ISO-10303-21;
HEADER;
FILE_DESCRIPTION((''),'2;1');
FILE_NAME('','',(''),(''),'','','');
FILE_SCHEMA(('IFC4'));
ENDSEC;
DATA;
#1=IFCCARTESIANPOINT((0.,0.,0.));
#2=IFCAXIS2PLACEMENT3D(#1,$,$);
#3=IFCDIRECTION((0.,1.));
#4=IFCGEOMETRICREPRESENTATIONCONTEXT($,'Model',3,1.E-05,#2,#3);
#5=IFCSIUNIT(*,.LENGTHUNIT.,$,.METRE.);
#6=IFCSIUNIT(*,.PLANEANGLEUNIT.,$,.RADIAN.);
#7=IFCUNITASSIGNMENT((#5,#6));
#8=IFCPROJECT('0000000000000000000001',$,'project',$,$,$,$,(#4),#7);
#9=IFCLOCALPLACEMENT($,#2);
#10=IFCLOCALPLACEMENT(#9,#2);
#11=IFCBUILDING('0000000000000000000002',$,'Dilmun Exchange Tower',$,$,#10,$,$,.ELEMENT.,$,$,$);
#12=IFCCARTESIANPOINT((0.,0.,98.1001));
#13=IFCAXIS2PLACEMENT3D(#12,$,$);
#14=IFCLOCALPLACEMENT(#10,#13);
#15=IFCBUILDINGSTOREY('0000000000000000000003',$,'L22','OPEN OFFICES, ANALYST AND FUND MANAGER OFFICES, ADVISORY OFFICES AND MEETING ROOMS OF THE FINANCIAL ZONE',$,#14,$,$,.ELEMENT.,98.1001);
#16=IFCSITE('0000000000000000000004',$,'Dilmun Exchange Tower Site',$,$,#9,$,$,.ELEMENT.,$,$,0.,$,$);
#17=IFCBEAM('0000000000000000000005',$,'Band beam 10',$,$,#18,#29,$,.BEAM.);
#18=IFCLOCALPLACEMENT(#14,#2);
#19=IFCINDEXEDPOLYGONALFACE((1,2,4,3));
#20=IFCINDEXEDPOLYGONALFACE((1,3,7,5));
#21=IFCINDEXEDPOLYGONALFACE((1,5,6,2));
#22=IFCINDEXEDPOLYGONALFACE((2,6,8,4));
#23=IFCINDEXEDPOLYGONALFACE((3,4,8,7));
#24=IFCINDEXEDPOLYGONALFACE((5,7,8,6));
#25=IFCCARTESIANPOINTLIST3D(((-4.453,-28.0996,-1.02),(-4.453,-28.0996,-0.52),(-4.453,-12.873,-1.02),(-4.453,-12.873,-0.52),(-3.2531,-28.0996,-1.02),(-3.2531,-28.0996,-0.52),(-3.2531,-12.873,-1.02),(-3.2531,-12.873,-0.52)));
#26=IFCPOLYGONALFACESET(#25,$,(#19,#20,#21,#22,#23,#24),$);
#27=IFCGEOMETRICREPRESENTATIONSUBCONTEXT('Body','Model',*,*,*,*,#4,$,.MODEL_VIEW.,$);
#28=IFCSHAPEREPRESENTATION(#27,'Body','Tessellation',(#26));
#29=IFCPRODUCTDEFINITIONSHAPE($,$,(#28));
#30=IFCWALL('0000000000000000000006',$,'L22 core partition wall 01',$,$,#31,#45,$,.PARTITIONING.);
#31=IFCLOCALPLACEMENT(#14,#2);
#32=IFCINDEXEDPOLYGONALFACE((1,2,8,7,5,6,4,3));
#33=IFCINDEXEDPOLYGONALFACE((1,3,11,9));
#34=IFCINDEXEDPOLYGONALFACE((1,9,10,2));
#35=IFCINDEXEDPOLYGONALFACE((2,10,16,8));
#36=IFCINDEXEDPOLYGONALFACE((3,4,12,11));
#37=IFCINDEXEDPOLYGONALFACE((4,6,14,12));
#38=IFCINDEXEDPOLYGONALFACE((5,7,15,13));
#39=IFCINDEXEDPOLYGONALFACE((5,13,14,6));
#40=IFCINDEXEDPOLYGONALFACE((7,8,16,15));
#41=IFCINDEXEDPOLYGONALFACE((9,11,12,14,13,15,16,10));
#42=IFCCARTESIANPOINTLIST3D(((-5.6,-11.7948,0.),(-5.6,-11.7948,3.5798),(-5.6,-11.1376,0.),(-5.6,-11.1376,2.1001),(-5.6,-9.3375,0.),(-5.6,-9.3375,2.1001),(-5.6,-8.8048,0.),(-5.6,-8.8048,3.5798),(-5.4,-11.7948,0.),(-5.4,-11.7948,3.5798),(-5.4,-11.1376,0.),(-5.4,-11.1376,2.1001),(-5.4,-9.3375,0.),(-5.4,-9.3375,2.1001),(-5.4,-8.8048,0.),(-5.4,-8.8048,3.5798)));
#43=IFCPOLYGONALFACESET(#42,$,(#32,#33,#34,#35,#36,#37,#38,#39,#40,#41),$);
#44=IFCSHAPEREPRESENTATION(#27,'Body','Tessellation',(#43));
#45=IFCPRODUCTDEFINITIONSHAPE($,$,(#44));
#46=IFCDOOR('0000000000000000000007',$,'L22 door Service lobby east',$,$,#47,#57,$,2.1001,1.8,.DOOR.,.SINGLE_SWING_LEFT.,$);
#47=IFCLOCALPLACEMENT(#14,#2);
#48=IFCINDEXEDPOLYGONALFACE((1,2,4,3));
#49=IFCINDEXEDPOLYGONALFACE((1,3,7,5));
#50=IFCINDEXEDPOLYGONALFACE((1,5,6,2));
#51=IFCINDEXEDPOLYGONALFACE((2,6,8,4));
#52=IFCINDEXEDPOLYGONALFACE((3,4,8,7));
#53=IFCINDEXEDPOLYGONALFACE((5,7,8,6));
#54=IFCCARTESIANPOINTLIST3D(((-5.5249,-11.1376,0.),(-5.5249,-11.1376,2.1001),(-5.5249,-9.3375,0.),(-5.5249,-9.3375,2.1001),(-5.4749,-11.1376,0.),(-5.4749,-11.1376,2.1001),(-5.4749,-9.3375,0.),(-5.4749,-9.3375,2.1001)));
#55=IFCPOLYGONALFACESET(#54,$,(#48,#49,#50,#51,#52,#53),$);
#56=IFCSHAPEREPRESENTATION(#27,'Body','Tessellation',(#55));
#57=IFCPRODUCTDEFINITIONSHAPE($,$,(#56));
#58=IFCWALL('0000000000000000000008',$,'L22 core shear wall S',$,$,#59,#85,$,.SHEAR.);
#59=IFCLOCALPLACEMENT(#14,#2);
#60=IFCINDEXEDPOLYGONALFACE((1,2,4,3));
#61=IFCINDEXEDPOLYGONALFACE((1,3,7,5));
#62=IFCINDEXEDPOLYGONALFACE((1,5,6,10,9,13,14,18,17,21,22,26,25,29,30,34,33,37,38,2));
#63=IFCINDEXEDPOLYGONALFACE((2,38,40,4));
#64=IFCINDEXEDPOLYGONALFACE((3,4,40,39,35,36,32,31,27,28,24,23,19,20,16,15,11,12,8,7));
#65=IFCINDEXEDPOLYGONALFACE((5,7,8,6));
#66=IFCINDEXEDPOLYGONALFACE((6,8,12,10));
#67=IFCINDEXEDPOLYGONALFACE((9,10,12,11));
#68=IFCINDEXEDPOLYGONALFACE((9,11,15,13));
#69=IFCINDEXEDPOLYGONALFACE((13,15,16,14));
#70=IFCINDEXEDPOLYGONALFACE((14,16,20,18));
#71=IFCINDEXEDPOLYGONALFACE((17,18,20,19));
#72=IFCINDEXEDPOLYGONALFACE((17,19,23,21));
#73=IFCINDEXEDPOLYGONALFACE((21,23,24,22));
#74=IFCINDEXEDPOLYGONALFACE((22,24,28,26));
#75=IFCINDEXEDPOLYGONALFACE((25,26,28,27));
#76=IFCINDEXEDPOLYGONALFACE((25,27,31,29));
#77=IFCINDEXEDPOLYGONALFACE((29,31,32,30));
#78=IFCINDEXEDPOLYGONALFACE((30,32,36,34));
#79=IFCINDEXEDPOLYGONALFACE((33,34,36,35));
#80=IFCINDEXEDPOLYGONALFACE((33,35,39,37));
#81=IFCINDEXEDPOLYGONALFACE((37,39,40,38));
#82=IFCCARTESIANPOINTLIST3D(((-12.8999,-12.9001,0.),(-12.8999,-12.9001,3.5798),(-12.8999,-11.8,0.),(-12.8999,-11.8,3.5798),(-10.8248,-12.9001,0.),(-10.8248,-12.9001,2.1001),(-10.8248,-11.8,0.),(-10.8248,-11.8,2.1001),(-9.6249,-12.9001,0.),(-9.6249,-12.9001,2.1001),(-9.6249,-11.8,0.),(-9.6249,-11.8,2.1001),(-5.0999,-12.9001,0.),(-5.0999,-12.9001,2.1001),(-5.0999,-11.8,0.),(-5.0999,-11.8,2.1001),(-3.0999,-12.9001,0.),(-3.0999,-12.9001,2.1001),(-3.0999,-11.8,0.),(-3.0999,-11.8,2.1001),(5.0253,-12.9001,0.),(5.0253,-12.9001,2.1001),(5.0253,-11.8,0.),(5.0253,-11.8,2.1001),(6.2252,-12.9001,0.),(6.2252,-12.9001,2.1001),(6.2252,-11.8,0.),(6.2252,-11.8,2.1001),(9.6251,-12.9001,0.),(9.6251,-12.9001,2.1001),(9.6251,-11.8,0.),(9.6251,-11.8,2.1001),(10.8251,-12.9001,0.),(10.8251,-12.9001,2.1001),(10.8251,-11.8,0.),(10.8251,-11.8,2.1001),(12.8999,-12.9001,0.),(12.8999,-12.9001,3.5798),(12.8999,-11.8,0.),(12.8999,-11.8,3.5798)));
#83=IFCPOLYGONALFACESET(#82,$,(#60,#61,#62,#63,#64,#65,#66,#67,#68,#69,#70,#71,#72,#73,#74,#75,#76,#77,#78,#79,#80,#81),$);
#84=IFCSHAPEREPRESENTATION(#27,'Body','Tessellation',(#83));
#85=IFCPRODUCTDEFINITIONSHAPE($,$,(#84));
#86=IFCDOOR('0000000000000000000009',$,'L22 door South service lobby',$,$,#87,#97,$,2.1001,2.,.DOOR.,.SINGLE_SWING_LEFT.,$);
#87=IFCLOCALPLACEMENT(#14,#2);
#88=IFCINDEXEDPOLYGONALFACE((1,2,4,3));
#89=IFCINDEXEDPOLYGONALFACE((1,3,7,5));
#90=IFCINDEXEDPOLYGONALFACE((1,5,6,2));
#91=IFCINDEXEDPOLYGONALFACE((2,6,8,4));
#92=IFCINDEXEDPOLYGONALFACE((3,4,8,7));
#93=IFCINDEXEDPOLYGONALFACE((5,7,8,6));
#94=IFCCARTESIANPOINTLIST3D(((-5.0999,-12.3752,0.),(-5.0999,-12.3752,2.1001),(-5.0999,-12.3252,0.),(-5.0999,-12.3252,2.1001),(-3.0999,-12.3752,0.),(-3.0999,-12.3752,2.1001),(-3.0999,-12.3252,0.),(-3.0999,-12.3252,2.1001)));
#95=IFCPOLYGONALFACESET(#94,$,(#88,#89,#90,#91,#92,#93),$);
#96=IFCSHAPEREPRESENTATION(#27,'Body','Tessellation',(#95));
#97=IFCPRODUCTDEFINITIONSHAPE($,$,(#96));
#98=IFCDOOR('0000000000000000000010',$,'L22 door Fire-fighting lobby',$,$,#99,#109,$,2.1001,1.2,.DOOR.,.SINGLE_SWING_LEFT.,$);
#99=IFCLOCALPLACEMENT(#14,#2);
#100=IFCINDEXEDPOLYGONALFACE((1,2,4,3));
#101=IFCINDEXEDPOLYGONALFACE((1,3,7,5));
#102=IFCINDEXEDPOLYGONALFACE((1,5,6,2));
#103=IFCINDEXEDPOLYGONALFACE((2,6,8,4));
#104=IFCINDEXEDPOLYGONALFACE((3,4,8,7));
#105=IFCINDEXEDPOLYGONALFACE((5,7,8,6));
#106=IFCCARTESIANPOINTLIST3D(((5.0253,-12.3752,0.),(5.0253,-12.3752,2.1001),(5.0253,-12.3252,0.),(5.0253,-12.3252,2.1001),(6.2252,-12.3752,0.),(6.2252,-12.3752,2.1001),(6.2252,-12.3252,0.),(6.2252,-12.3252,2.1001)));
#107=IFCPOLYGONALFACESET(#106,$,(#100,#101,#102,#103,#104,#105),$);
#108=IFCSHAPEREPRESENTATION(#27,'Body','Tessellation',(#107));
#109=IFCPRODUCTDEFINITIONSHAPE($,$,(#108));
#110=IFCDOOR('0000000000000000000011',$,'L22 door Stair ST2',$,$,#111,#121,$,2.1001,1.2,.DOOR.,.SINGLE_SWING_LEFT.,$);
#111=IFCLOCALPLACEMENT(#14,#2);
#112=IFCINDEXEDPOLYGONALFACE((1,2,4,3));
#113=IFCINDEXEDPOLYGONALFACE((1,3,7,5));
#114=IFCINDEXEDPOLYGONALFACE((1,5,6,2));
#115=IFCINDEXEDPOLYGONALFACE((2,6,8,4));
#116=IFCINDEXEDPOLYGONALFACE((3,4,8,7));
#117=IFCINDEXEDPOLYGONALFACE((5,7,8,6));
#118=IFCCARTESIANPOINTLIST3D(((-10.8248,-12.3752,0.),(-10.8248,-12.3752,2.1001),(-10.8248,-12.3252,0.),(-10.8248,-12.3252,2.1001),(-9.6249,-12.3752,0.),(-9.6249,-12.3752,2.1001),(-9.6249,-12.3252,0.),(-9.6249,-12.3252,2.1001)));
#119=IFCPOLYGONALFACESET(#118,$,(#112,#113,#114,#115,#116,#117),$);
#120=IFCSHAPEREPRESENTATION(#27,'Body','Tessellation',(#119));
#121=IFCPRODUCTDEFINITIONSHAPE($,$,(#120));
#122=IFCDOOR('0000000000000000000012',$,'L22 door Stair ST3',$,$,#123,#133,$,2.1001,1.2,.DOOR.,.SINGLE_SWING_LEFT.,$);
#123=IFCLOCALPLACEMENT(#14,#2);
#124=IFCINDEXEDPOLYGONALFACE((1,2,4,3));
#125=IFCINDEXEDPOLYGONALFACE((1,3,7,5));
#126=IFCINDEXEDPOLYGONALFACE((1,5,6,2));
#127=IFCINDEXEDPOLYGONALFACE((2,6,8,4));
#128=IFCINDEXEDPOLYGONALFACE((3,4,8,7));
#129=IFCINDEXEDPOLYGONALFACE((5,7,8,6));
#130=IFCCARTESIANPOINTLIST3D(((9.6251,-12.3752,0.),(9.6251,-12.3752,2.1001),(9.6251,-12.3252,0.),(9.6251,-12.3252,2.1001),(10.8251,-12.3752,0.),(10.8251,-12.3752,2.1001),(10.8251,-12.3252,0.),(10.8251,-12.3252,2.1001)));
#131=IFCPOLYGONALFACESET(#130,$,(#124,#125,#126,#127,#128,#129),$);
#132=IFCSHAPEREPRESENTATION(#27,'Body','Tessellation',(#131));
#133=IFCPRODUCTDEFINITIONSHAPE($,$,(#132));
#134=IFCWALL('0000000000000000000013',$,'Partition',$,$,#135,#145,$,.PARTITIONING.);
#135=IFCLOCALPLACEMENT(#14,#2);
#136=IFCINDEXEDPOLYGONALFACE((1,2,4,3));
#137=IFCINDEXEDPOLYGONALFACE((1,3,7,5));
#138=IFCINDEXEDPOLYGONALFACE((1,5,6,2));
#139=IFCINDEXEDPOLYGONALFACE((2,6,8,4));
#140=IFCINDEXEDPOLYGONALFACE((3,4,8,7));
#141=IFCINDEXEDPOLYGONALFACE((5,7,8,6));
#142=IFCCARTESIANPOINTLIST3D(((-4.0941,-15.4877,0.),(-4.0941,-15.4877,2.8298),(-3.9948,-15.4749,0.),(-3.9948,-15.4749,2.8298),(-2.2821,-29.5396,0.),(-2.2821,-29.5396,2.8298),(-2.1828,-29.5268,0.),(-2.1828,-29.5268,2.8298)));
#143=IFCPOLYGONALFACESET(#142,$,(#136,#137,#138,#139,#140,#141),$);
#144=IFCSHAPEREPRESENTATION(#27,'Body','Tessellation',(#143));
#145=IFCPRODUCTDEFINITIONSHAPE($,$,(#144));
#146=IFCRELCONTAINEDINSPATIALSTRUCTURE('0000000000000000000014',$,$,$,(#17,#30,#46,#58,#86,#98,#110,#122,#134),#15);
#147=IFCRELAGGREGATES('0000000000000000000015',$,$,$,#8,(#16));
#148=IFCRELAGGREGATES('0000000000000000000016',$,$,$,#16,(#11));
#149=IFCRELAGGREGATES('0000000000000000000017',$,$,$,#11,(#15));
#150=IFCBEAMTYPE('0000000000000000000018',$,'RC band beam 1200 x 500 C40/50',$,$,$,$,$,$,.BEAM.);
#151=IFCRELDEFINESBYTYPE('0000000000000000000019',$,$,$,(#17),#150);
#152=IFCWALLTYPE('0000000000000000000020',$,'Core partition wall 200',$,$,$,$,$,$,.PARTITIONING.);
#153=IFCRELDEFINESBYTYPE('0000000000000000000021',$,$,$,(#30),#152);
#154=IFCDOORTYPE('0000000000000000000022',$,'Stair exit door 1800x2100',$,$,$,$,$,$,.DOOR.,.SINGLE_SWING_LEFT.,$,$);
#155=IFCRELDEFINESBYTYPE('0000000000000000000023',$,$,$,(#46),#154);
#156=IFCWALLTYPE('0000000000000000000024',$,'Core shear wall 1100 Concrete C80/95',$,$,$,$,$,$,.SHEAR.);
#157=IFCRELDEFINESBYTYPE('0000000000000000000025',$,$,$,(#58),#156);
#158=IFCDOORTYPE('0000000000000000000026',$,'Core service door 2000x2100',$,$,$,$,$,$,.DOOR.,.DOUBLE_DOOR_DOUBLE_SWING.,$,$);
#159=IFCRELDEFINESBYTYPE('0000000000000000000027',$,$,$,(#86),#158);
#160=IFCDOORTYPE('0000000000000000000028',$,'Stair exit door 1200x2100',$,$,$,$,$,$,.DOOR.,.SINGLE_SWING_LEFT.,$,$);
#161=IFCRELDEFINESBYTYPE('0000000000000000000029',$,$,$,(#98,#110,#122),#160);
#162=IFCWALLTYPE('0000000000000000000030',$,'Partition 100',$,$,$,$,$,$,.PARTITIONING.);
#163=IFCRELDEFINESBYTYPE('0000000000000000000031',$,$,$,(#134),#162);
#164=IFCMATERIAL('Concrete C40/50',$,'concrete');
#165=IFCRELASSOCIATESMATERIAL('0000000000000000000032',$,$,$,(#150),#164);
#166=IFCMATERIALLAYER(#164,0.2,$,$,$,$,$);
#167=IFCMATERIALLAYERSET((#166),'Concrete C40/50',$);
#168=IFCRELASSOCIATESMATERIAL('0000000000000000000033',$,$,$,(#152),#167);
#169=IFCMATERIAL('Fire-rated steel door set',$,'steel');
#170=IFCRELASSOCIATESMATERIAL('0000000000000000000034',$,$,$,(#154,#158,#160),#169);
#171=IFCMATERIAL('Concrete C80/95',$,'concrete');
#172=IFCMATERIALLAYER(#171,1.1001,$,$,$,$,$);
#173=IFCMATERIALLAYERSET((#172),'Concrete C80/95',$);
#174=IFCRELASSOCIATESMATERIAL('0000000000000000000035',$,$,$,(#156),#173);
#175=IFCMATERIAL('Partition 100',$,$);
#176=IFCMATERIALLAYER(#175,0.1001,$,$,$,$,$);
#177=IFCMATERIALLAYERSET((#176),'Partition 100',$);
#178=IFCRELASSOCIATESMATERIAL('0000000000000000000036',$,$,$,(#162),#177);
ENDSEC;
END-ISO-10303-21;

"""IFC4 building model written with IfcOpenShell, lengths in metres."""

from ifc_helpers import new_model, si_unit, direction, frame, frame_2d, origin, origin_2d, place, context, subcontext, project, spatial, rectangle, extrude, material, layer, layer_set, material_profile, profile_set, type_object, element, fill, save


model = new_model("IFC4")

# Units and contexts
model_context = context("Model", 3, precision=1e-05, world=origin(), true_north=direction((0.0, 1.0)))
body_context = subcontext(model_context, "Body", "Model", "MODEL_VIEW")
ifc_project = project(units=[si_unit("LENGTHUNIT", "METRE"), si_unit("PLANEANGLEUNIT", "RADIAN")], contexts=[model_context])

# Site, building, storey
site_placement = place(None, origin())
site = spatial("IfcSite", under=ifc_project, at=site_placement, Name="Dilmun Exchange Tower Site", CompositionType="ELEMENT", RefElevation=0.0)
building_placement = place(site_placement, origin())
building = spatial("IfcBuilding", under=site, at=building_placement, Name="Dilmun Exchange Tower", CompositionType="ELEMENT")
storey_placement = place(building_placement, frame((0.0, 0.0, 98.1001)))
storey = spatial("IfcBuildingStorey", under=building, at=storey_placement, Name="L22", Description="OPEN OFFICES, ANALYST AND FUND MANAGER OFFICES, ADVISORY OFFICES AND MEETING ROOMS OF THE FINANCIAL ZONE", CompositionType="ELEMENT", Elevation=98.1001)

# Beam
ifc_material_1 = material(Name="Concrete C40/50", Category="concrete")
ifc_material_profile = material_profile(ifc_material_1, rectangle(XDim=1.2, YDim=0.5, at=origin_2d()), Name="1200 x 500")
ifc_profile_set = profile_set([ifc_material_profile], Name="Concrete C40/50")
beam_type = type_object("IfcBeamType", Name="RC band beam 1200 x 500 C40/50", PredefinedType="BEAM", material=ifc_profile_set)
beam_placement = place(storey_placement, frame((-3.853, -28.0996, -0.77), z_axis=(0.0, 1.0, 0.0), x_axis=(-1.0, 0.0, 0.0)))
element("IfcBeam", 1, at=beam_placement, inside=storey, type_object=beam_type, Name="Band beam 10", PredefinedType="BEAM", context=body_context, shape_type="SweptSolid", body=[
    extrude(rectangle(XDim=1.2, YDim=0.5, at=origin_2d()), origin(), (0.0, 0.0, 1.0), 15.2266),
])

# Wall, opening, door
ifc_layer_1 = layer(ifc_material_1, 0.2)
ifc_layer_set_1 = layer_set([ifc_layer_1], Name="Concrete C40/50")
wall_type_1 = type_object("IfcWallType", Name="Core partition wall 200", PredefinedType="PARTITIONING", material=ifc_layer_set_1)
wall_1_placement = place(storey_placement, frame((-5.5, -11.7949, 0.0), z_axis=(0.0, 0.0, 1.0), x_axis=(0.0, 1.0, 0.0)))
wall_1 = element("IfcWall", 2, at=wall_1_placement, inside=storey, type_object=wall_type_1, Name="L22 core partition wall 01", PredefinedType="PARTITIONING", context=body_context, shape_type="SweptSolid", body=[
    extrude(rectangle(XDim=2.99, YDim=0.2, at=frame_2d((1.4951, 0.0))), origin(), (0.0, 0.0, 1.0), 3.5798),
])
opening_1_placement = place(wall_1_placement, frame((0.6575, 0.0, 0.0)))
opening_1 = element("IfcOpeningElement", 3, at=opening_1_placement, cuts=wall_1, PredefinedType="OPENING", context=body_context, shape_type="SweptSolid", body=[
    extrude(rectangle(XDim=1.8, YDim=2.1001, at=frame_2d((0.8999, 1.05))), frame((0.0, 0.1099, 0.0), z_axis=(0.0, -1.0, 0.0), x_axis=(1.0, 0.0, 0.0)), (0.0, 0.0, 1.0), 0.22),
])
ifc_material_2 = material(Name="Fire-rated steel door set", Category="steel")
door_type_1 = type_object("IfcDoorType", Name="Stair exit door 1800x2100", OperationType="SINGLE_SWING_LEFT", PredefinedType="DOOR", material=ifc_material_2)
door_1_placement = place(opening_1_placement, origin())
door_1 = element("IfcDoor", 4, at=door_1_placement, inside=storey, type_object=door_type_1, Name="L22 door Service lobby east", OperationType="SINGLE_SWING_LEFT", OverallHeight=2.1001, OverallWidth=1.8, PredefinedType="DOOR", context=body_context, shape_type="SweptSolid", body=[
    extrude(rectangle(XDim=1.8, YDim=2.1001, at=frame_2d((0.8999, 1.05))), frame((0.0, 0.0249, 0.0), z_axis=(0.0, -1.0, 0.0), x_axis=(1.0, 0.0, 0.0)), (0.0, 0.0, 1.0), 0.05),
])
fill(opening_1, door_1)

# Wall, openings, doors
ifc_material_3 = material(Name="Concrete C80/95", Category="concrete")
ifc_layer_2 = layer(ifc_material_3, 1.1001)
ifc_layer_set_2 = layer_set([ifc_layer_2], Name="Concrete C80/95")
wall_type_2 = type_object("IfcWallType", Name="Core shear wall 1100 Concrete C80/95", PredefinedType="SHEAR", material=ifc_layer_set_2)
wall_2_placement = place(storey_placement, frame((-12.8999, -12.3501, 0.0), z_axis=(0.0, 0.0, 1.0), x_axis=(1.0, 0.0, 0.0)))
wall_2 = element("IfcWall", 5, at=wall_2_placement, inside=storey, type_object=wall_type_2, Name="L22 core shear wall S", PredefinedType="SHEAR", context=body_context, shape_type="SweptSolid", body=[
    extrude(rectangle(XDim=25.7998, YDim=1.1001, at=frame_2d((12.8999, 0.0))), origin(), (0.0, 0.0, 1.0), 3.5798),
])
opening_2_placement = place(wall_2_placement, frame((7.8, 0.0, 0.0)))
opening_2 = element("IfcOpeningElement", 6, at=opening_2_placement, cuts=wall_2, PredefinedType="OPENING", context=body_context, shape_type="SweptSolid", body=[
    extrude(rectangle(XDim=2.0, YDim=2.1001, at=frame_2d((1.0, 1.05))), frame((0.0, 0.5601, 0.0), z_axis=(0.0, -1.0, 0.0), x_axis=(1.0, 0.0, 0.0)), (0.0, 0.0, 1.0), 1.1201),
])
opening_3_placement = place(wall_2_placement, frame((17.925, 0.0, 0.0)))
opening_3 = element("IfcOpeningElement", 7, at=opening_3_placement, cuts=wall_2, PredefinedType="OPENING", context=body_context, shape_type="SweptSolid", body=[
    extrude(rectangle(XDim=1.2, YDim=2.1001, at=frame_2d((0.6001, 1.05))), frame((0.0, 0.5601, 0.0), z_axis=(0.0, -1.0, 0.0), x_axis=(1.0, 0.0, 0.0)), (0.0, 0.0, 1.0), 1.1201),
])
opening_4_placement = place(wall_2_placement, frame((2.075, 0.0, 0.0)))
opening_4 = element("IfcOpeningElement", 8, at=opening_4_placement, cuts=wall_2, PredefinedType="OPENING", context=body_context, shape_type="SweptSolid", body=[
    extrude(rectangle(XDim=1.2, YDim=2.1001, at=frame_2d((0.6001, 1.05))), frame((0.0, 0.5601, 0.0), z_axis=(0.0, -1.0, 0.0), x_axis=(1.0, 0.0, 0.0)), (0.0, 0.0, 1.0), 1.1201),
])
opening_5_placement = place(wall_2_placement, frame((22.5249, 0.0, 0.0)))
opening_5 = element("IfcOpeningElement", 9, at=opening_5_placement, cuts=wall_2, PredefinedType="OPENING", context=body_context, shape_type="SweptSolid", body=[
    extrude(rectangle(XDim=1.2, YDim=2.1001, at=frame_2d((0.6001, 1.05))), frame((0.0, 0.5601, 0.0), z_axis=(0.0, -1.0, 0.0), x_axis=(1.0, 0.0, 0.0)), (0.0, 0.0, 1.0), 1.1201),
])
door_type_2 = type_object("IfcDoorType", Name="Core service door 2000x2100", OperationType="DOUBLE_DOOR_DOUBLE_SWING", PredefinedType="DOOR", material=ifc_material_2)
door_2_placement = place(opening_2_placement, origin())
door_2 = element("IfcDoor", 10, at=door_2_placement, inside=storey, type_object=door_type_2, Name="L22 door South service lobby", OperationType="SINGLE_SWING_LEFT", OverallHeight=2.1001, OverallWidth=2.0, PredefinedType="DOOR", context=body_context, shape_type="SweptSolid", body=[
    extrude(rectangle(XDim=2.0, YDim=2.1001, at=frame_2d((1.0, 1.05))), frame((0.0, 0.0249, 0.0), z_axis=(0.0, -1.0, 0.0), x_axis=(1.0, 0.0, 0.0)), (0.0, 0.0, 1.0), 0.05),
])
fill(opening_2, door_2)
door_type_3 = type_object("IfcDoorType", Name="Stair exit door 1200x2100", OperationType="SINGLE_SWING_LEFT", PredefinedType="DOOR", material=ifc_material_2)
door_3_placement = place(opening_3_placement, origin())
door_3 = element("IfcDoor", 11, at=door_3_placement, inside=storey, type_object=door_type_3, Name="L22 door Fire-fighting lobby", OperationType="SINGLE_SWING_LEFT", OverallHeight=2.1001, OverallWidth=1.2, PredefinedType="DOOR", context=body_context, shape_type="SweptSolid", body=[
    extrude(rectangle(XDim=1.2, YDim=2.1001, at=frame_2d((0.6001, 1.05))), frame((0.0, 0.0249, 0.0), z_axis=(0.0, -1.0, 0.0), x_axis=(1.0, 0.0, 0.0)), (0.0, 0.0, 1.0), 0.05),
])
fill(opening_3, door_3)
door_4_placement = place(opening_4_placement, origin())
door_4 = element("IfcDoor", 12, at=door_4_placement, inside=storey, type_object=door_type_3, Name="L22 door Stair ST2", OperationType="SINGLE_SWING_LEFT", OverallHeight=2.1001, OverallWidth=1.2, PredefinedType="DOOR", context=body_context, shape_type="SweptSolid", body=[
    extrude(rectangle(XDim=1.2, YDim=2.1001, at=frame_2d((0.6001, 1.05))), frame((0.0, 0.0249, 0.0), z_axis=(0.0, -1.0, 0.0), x_axis=(1.0, 0.0, 0.0)), (0.0, 0.0, 1.0), 0.05),
])
fill(opening_4, door_4)
door_5_placement = place(opening_5_placement, origin())
door_5 = element("IfcDoor", 13, at=door_5_placement, inside=storey, type_object=door_type_3, Name="L22 door Stair ST3", OperationType="SINGLE_SWING_LEFT", OverallHeight=2.1001, OverallWidth=1.2, PredefinedType="DOOR", context=body_context, shape_type="SweptSolid", body=[
    extrude(rectangle(XDim=1.2, YDim=2.1001, at=frame_2d((0.6001, 1.05))), frame((0.0, 0.0249, 0.0), z_axis=(0.0, -1.0, 0.0), x_axis=(1.0, 0.0, 0.0)), (0.0, 0.0, 1.0), 0.05),
])
fill(opening_5, door_5)

# Wall
ifc_material_4 = material(Name="Partition 100")
ifc_layer_3 = layer(ifc_material_4, 0.1001)
ifc_layer_set_3 = layer_set([ifc_layer_3], Name="Partition 100")
wall_type_3 = type_object("IfcWallType", Name="Partition 100", PredefinedType="PARTITIONING", material=ifc_layer_set_3)
wall_3_placement = place(storey_placement, frame((-4.0444, -15.4814, 0.0), z_axis=(0.0, 0.0, 1.0), x_axis=(0.127894, -0.991788, 0.0)))
element("IfcWall", 14, at=wall_3_placement, inside=storey, type_object=wall_type_3, Name="Partition", PredefinedType="PARTITIONING", context=body_context, shape_type="SweptSolid", body=[
    extrude(rectangle(XDim=14.1682, YDim=0.1001, at=frame_2d((7.084, 0.0))), origin(), (0.0, 0.0, 1.0), 2.8298),
])

save(model, "model.ifc")
